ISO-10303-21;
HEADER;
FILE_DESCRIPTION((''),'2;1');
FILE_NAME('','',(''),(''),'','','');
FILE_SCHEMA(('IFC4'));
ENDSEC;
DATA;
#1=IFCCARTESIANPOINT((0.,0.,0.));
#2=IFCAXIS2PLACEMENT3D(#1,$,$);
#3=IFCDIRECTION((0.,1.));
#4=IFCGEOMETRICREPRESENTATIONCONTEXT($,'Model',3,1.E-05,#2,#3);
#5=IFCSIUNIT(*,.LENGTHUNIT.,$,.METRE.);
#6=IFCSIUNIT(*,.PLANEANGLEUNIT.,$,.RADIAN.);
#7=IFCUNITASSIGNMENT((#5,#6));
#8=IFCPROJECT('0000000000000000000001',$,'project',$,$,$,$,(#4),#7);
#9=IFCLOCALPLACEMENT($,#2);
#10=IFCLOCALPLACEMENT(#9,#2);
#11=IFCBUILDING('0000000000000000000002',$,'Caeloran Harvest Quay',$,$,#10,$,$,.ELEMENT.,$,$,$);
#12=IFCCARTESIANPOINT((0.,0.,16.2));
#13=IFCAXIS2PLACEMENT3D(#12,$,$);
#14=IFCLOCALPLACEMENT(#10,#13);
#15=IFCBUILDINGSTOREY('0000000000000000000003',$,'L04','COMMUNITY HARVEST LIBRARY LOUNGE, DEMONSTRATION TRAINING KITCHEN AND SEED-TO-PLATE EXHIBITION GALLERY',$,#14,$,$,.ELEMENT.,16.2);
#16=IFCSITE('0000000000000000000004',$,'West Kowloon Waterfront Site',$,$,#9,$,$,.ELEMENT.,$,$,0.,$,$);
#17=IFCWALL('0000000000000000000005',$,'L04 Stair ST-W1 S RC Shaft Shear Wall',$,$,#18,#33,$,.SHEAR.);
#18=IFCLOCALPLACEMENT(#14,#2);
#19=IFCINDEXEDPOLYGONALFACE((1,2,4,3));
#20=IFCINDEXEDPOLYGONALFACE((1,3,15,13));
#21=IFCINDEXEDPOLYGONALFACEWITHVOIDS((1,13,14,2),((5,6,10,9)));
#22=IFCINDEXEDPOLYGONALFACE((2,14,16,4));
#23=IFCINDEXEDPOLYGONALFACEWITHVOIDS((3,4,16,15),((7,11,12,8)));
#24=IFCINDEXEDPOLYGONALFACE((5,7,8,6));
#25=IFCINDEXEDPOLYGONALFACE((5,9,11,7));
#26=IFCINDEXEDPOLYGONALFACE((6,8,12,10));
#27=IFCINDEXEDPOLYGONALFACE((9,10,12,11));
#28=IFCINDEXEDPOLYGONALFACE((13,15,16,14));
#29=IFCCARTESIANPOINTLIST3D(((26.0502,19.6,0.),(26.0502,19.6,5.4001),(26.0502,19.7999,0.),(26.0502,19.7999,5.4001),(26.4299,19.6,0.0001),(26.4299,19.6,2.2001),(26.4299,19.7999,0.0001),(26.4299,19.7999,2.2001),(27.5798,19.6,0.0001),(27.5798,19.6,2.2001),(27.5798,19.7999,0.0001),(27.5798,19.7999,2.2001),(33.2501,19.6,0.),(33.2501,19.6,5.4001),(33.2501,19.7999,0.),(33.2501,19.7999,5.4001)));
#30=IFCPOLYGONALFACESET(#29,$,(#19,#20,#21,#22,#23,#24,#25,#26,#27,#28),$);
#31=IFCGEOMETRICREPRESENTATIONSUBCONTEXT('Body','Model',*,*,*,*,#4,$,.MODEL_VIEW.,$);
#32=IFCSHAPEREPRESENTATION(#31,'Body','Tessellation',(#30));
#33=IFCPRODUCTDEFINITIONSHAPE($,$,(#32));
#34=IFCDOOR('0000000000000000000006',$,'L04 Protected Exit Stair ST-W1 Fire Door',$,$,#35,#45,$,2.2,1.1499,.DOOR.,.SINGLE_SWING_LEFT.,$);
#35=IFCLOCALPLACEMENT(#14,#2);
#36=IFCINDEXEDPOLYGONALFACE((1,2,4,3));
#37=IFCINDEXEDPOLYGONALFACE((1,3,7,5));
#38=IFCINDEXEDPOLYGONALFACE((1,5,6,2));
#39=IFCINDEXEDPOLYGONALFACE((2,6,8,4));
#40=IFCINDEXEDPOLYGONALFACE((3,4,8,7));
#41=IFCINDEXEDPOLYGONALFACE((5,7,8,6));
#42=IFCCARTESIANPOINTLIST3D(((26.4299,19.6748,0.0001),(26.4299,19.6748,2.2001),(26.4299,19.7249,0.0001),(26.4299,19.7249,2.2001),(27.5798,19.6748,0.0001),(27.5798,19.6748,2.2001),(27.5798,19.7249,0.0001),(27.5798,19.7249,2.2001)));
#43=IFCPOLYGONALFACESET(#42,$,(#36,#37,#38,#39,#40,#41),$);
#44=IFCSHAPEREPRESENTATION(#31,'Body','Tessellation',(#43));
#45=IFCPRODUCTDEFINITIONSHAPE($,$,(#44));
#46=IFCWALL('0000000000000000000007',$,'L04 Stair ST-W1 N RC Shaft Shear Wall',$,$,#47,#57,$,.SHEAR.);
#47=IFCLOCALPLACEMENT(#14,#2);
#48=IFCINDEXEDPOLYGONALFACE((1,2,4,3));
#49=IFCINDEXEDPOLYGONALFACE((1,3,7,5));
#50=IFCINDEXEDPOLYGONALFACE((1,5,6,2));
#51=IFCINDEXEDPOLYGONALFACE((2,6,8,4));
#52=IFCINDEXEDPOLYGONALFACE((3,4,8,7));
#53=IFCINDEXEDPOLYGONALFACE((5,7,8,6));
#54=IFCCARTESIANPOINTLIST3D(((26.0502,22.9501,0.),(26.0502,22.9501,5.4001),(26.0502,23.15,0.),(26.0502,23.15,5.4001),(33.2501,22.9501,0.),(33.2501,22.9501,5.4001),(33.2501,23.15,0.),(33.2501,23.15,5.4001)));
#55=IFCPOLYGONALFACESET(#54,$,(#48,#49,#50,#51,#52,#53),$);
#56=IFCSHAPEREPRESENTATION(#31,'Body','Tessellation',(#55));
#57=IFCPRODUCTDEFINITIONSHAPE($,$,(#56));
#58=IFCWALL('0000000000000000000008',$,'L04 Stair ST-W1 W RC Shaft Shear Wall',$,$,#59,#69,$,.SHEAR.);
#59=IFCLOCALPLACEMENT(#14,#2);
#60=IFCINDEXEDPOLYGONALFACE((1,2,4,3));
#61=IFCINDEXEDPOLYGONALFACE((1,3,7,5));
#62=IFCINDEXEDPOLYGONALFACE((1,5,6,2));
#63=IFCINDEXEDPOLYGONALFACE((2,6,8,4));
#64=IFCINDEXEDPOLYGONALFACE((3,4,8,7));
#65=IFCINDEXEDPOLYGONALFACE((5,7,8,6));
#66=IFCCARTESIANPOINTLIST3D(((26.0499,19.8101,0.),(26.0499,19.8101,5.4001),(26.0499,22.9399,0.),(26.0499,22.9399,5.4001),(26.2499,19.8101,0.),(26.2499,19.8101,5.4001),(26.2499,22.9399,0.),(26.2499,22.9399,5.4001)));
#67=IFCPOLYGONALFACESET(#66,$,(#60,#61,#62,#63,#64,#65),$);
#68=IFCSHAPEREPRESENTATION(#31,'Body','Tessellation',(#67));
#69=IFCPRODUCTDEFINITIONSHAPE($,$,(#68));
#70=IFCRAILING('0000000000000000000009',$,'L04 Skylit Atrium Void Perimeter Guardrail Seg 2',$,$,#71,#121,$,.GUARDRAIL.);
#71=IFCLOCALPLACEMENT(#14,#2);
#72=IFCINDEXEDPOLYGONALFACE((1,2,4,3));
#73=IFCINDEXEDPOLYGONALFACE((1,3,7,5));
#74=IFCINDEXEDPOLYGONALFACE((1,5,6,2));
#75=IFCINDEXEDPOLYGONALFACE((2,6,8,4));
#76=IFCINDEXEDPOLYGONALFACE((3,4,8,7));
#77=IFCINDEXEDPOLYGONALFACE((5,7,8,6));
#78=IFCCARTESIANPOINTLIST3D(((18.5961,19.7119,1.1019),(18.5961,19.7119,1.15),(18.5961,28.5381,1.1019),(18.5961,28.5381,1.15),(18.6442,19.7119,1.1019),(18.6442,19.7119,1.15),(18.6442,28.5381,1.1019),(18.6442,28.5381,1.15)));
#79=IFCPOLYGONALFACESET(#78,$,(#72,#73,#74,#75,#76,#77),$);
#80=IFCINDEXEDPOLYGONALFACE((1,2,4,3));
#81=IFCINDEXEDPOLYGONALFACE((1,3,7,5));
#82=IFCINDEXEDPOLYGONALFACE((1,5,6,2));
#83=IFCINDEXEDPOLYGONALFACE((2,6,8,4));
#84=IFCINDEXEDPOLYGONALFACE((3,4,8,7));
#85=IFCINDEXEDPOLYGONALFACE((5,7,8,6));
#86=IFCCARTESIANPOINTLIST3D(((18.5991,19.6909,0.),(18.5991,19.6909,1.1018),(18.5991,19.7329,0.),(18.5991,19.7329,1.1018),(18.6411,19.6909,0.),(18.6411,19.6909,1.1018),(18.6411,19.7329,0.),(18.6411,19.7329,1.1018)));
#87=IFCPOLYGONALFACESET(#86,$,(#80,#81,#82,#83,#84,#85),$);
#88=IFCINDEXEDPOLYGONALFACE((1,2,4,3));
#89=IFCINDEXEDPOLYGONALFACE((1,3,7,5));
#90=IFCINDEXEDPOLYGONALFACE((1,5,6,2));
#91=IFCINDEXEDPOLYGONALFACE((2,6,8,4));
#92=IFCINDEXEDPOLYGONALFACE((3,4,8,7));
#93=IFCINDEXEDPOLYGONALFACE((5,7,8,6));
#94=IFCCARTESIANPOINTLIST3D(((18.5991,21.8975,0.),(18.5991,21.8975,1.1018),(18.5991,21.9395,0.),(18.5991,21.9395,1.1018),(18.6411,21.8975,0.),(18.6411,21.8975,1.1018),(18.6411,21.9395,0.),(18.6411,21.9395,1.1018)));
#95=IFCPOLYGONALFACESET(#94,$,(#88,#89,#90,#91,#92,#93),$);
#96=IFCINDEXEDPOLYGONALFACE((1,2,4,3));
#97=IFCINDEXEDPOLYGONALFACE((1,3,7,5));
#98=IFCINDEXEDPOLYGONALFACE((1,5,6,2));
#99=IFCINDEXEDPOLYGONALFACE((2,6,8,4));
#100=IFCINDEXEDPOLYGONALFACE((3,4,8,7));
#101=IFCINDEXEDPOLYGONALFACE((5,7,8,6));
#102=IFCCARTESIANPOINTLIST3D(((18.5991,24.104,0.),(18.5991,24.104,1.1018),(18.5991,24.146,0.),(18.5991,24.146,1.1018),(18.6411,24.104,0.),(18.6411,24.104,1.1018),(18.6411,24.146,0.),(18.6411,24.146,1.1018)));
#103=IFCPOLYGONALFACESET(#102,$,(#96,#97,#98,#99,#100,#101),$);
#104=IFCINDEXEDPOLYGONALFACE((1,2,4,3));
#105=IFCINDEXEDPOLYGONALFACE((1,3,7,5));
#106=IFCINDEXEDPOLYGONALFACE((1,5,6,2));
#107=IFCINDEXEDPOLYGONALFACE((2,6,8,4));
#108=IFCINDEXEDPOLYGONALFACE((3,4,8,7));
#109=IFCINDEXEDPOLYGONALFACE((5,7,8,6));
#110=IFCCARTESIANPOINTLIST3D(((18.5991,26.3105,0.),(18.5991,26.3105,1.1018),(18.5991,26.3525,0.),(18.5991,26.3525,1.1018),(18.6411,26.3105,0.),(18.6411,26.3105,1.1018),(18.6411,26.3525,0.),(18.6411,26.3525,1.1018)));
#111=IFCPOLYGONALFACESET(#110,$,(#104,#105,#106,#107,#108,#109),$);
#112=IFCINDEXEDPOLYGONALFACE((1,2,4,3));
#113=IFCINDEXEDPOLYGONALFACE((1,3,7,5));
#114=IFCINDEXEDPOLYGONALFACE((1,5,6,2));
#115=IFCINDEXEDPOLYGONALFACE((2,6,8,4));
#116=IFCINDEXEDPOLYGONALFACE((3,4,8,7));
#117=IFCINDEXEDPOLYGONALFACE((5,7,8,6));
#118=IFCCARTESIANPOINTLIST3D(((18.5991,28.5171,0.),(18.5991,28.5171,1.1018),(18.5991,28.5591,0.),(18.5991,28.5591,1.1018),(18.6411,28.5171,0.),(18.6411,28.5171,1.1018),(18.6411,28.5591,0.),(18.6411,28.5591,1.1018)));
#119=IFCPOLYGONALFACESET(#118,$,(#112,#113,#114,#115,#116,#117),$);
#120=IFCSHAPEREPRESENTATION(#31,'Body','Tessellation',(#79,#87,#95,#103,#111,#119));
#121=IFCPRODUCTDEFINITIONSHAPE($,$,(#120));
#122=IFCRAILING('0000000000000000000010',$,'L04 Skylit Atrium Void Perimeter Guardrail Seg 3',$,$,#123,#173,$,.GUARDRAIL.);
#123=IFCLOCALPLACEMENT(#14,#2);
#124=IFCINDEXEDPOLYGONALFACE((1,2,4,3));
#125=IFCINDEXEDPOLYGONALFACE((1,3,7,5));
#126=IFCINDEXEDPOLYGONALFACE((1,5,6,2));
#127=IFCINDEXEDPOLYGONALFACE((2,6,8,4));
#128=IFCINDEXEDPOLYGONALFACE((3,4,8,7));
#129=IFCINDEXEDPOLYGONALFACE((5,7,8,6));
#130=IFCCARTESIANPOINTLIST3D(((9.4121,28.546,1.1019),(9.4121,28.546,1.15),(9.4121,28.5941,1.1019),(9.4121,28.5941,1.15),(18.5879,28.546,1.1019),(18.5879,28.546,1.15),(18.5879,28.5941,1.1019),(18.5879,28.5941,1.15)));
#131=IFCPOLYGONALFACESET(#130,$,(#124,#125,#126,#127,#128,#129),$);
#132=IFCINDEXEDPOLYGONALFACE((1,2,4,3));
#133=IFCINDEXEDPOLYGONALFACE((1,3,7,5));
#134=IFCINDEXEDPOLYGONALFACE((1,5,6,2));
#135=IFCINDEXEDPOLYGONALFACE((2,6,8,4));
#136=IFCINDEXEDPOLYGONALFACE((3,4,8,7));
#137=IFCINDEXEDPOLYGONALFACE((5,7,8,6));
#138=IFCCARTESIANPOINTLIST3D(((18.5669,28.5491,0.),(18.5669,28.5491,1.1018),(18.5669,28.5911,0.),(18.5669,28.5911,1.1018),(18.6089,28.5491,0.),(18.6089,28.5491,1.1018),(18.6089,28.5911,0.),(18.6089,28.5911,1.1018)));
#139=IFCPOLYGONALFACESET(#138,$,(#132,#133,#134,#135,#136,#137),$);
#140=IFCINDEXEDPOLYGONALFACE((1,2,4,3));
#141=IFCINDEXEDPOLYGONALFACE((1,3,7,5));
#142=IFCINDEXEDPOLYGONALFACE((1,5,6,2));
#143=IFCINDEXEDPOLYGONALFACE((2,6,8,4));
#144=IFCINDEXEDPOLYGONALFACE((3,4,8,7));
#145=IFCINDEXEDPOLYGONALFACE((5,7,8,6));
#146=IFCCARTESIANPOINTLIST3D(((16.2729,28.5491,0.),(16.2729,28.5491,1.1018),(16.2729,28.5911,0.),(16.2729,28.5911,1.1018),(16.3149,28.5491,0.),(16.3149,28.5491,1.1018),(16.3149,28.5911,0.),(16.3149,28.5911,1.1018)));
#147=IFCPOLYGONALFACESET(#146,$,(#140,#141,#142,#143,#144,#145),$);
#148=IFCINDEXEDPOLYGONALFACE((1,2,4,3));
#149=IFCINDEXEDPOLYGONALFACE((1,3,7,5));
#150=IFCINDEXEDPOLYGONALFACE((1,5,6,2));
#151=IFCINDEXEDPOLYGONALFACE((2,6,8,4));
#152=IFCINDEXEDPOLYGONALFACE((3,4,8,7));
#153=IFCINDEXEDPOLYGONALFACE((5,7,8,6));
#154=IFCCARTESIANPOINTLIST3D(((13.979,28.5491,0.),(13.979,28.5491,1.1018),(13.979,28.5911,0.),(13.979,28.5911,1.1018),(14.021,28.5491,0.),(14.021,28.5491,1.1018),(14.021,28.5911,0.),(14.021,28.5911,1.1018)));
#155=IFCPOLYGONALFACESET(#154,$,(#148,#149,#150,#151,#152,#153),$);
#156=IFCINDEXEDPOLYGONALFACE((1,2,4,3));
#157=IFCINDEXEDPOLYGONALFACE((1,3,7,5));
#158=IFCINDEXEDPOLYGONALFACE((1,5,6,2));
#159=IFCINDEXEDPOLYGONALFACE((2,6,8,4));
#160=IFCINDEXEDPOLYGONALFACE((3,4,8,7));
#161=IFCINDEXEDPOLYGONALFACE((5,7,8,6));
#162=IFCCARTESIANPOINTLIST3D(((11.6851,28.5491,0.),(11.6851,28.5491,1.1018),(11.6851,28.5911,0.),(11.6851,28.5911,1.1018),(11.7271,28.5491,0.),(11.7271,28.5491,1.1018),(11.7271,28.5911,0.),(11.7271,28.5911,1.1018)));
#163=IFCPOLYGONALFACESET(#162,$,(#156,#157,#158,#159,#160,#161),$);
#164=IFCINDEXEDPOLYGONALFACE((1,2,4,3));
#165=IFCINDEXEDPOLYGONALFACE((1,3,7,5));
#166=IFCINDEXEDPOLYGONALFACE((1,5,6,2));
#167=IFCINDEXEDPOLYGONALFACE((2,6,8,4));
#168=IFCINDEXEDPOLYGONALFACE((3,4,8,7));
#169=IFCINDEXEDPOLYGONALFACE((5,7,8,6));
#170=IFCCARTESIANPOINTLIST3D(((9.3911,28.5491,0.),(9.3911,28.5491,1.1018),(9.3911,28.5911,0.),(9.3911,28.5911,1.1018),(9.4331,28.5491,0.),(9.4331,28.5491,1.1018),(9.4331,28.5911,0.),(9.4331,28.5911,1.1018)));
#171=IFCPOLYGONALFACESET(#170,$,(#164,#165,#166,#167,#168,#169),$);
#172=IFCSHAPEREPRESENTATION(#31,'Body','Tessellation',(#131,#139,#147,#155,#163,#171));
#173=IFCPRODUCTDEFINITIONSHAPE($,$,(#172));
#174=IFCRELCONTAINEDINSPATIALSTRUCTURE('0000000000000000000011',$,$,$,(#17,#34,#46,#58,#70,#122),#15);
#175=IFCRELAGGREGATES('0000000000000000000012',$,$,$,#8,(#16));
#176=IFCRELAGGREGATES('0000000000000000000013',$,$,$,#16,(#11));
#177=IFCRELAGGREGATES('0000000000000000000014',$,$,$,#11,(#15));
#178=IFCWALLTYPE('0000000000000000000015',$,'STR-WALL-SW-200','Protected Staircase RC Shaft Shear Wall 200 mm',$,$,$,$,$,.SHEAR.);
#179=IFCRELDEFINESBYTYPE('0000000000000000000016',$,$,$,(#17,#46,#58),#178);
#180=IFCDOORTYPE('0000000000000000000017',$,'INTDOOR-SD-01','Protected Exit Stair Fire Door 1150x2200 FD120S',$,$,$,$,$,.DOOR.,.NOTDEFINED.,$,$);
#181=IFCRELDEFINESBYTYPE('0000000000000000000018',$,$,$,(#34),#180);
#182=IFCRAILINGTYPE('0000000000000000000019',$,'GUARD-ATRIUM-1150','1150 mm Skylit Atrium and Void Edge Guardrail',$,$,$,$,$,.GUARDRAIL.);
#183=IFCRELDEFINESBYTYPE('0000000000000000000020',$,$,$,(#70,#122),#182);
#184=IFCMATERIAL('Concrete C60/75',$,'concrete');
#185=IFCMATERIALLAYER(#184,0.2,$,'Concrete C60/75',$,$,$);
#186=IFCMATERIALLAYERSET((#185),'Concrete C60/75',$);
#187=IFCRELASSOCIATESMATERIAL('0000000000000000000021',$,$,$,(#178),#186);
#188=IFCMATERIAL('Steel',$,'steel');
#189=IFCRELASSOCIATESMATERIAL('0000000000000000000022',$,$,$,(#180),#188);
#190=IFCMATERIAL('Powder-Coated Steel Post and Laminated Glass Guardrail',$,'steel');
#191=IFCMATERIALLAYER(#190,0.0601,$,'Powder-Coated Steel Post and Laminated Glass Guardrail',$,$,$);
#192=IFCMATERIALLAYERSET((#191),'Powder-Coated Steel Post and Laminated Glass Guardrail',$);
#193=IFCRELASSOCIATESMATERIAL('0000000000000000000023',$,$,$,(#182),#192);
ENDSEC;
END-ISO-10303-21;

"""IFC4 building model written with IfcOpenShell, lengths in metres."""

from ifc_helpers import new_model, si_unit, direction, frame, frame_2d, origin, origin_2d, place, context, subcontext, project, spatial, rectangle, extrude, material, layer, layer_set, type_object, element, fill, save


model = new_model("IFC4")

# Units and contexts
model_context = context("Model", 3, precision=1e-05, world=origin(), true_north=direction((0.0, 1.0)))
body_context = subcontext(model_context, "Body", "Model", "MODEL_VIEW")
ifc_project = project(units=[si_unit("LENGTHUNIT", "METRE"), si_unit("PLANEANGLEUNIT", "RADIAN")], contexts=[model_context])

# Site, building, storey
site_placement = place(None, origin())
site = spatial("IfcSite", under=ifc_project, at=site_placement, Name="West Kowloon Waterfront Site", CompositionType="ELEMENT", RefElevation=0.0)
building_placement = place(site_placement, origin())
building = spatial("IfcBuilding", under=site, at=building_placement, Name="Caeloran Harvest Quay", CompositionType="ELEMENT")
storey_placement = place(building_placement, frame((0.0, 0.0, 16.2)))
storey = spatial("IfcBuildingStorey", under=building, at=storey_placement, Name="L04", Description="COMMUNITY HARVEST LIBRARY LOUNGE, DEMONSTRATION TRAINING KITCHEN AND SEED-TO-PLATE EXHIBITION GALLERY", CompositionType="ELEMENT", Elevation=16.2)

# Wall, opening, door
ifc_material_1 = material(Name="Concrete C60/75", Category="concrete")
ifc_layer_1 = layer(ifc_material_1, 0.2, Name="Concrete C60/75")
ifc_layer_set_1 = layer_set([ifc_layer_1], Name="Concrete C60/75")
wall_type_1 = type_object("IfcWallType", Name="STR-WALL-SW-200", Description="Protected Staircase RC Shaft Shear Wall 200 mm", PredefinedType="SHEAR", material=ifc_layer_set_1)
wall_1_placement = place(storey_placement, frame((26.05, 19.7, 0.0), z_axis=(0.0, 0.0, 1.0), x_axis=(1.0, 0.0, 0.0)))
wall_1 = element("IfcWall", 1, at=wall_1_placement, inside=storey, type_object=wall_type_1, Name="L04 Stair ST-W1 S RC Shaft Shear Wall", PredefinedType="SHEAR", context=body_context, shape_type="SweptSolid", body=[
    extrude(rectangle(XDim=7.2, YDim=0.2, at=frame_2d((3.6001, 0.0))), origin(), (0.0, 0.0, 1.0), 5.4001),
])
opening_1_placement = place(wall_1_placement, frame((0.3799, 0.0, 0.0)))
opening_1 = element("IfcOpeningElement", 2, at=opening_1_placement, cuts=wall_1, PredefinedType="OPENING", context=body_context, shape_type="SweptSolid", body=[
    extrude(rectangle(XDim=1.1499, YDim=2.2, at=frame_2d((0.575, 1.1001))), frame((0.0, 0.1099, 0.0), z_axis=(0.0, -1.0, 0.0), x_axis=(1.0, 0.0, 0.0)), (0.0, 0.0, 1.0), 0.22),
])
ifc_material_2 = material(Name="Steel", Category="steel")
door_type_1 = type_object("IfcDoorType", Name="INTDOOR-SD-01", Description="Protected Exit Stair Fire Door 1150x2200 FD120S", OperationType="NOTDEFINED", PredefinedType="DOOR", material=ifc_material_2)
door_1_placement = place(opening_1_placement, origin())
door_1 = element("IfcDoor", 3, at=door_1_placement, inside=storey, type_object=door_type_1, Name="L04 Protected Exit Stair ST-W1 Fire Door", OperationType="SINGLE_SWING_LEFT", OverallHeight=2.2, OverallWidth=1.1499, PredefinedType="DOOR", context=body_context, shape_type="SweptSolid", body=[
    extrude(rectangle(XDim=1.1499, YDim=2.2, at=frame_2d((0.575, 1.1001))), frame((0.0, 0.0249, 0.0), z_axis=(0.0, -1.0, 0.0), x_axis=(1.0, 0.0, 0.0)), (0.0, 0.0, 1.0), 0.05),
])
fill(opening_1, door_1)

# Walls
wall_2_placement = place(storey_placement, frame((26.05, 23.05, 0.0), z_axis=(0.0, 0.0, 1.0), x_axis=(1.0, 0.0, 0.0)))
element("IfcWall", 4, at=wall_2_placement, inside=storey, type_object=wall_type_1, Name="L04 Stair ST-W1 N RC Shaft Shear Wall", PredefinedType="SHEAR", context=body_context, shape_type="SweptSolid", body=[
    extrude(rectangle(XDim=7.2, YDim=0.2, at=frame_2d((3.6001, 0.0))), origin(), (0.0, 0.0, 1.0), 5.4001),
])
wall_3_placement = place(storey_placement, frame((26.1499, 19.8101, 0.0), z_axis=(0.0, 0.0, 1.0), x_axis=(0.0, 1.0, 0.0)))
element("IfcWall", 5, at=wall_3_placement, inside=storey, type_object=wall_type_1, Name="L04 Stair ST-W1 W RC Shaft Shear Wall", PredefinedType="SHEAR", context=body_context, shape_type="SweptSolid", body=[
    extrude(rectangle(XDim=3.1299, YDim=0.2, at=frame_2d((1.5649, 0.0))), origin(), (0.0, 0.0, 1.0), 5.4001),
])

# Railings
ifc_material_3 = material(Name="Powder-Coated Steel Post and Laminated Glass Guardrail", Category="steel")
ifc_layer_2 = layer(ifc_material_3, 0.0601, Name="Powder-Coated Steel Post and Laminated Glass Guardrail")
ifc_layer_set_2 = layer_set([ifc_layer_2], Name="Powder-Coated Steel Post and Laminated Glass Guardrail")
railing_type = type_object("IfcRailingType", Name="GUARD-ATRIUM-1150", Description="1150 mm Skylit Atrium and Void Edge Guardrail", PredefinedType="GUARDRAIL", material=ifc_layer_set_2)
railing_1_placement = place(storey_placement, frame((18.6201, 19.7119, 0.0)))
element("IfcRailing", 6, at=railing_1_placement, inside=storey, type_object=railing_type, Name="L04 Skylit Atrium Void Perimeter Guardrail Seg 2", PredefinedType="GUARDRAIL", context=body_context, shape_type="SweptSolid", body=[
    extrude(rectangle(XDim=0.0481, YDim=0.0481, at=origin_2d()), frame((0.0, 0.0, 1.126), z_axis=(0.0, 1.0, 0.0), x_axis=(-1.0, 0.0, 0.0)), (0.0, 0.0, 1.0), 8.8262),
    extrude(rectangle(XDim=0.042, YDim=0.042, at=origin_2d()), origin(), (0.0, 0.0, 1.0), 1.1018),
    extrude(rectangle(XDim=0.042, YDim=0.042, at=origin_2d()), frame((0.0, 2.2065, 0.0)), (0.0, 0.0, 1.0), 1.1018),
    extrude(rectangle(XDim=0.042, YDim=0.042, at=origin_2d()), frame((0.0, 4.4131, 0.0)), (0.0, 0.0, 1.0), 1.1018),
    extrude(rectangle(XDim=0.042, YDim=0.042, at=origin_2d()), frame((0.0, 6.6196, 0.0)), (0.0, 0.0, 1.0), 1.1018),
    extrude(rectangle(XDim=0.042, YDim=0.042, at=origin_2d()), frame((0.0, 8.8262, 0.0)), (0.0, 0.0, 1.0), 1.1018),
])
railing_2_placement = place(storey_placement, frame((18.5879, 28.5701, 0.0)))
element("IfcRailing", 7, at=railing_2_placement, inside=storey, type_object=railing_type, Name="L04 Skylit Atrium Void Perimeter Guardrail Seg 3", PredefinedType="GUARDRAIL", context=body_context, shape_type="SweptSolid", body=[
    extrude(rectangle(XDim=0.0481, YDim=0.0481, at=origin_2d()), frame((0.0, 0.0, 1.126), z_axis=(-1.0, 0.0, 0.0), x_axis=(0.0, -1.0, 0.0)), (0.0, 0.0, 1.0), 9.1758),
    extrude(rectangle(XDim=0.042, YDim=0.042, at=origin_2d()), origin(), (0.0, 0.0, 1.0), 1.1018),
    extrude(rectangle(XDim=0.042, YDim=0.042, at=origin_2d()), frame((-2.2939, 0.0, 0.0)), (0.0, 0.0, 1.0), 1.1018),
    extrude(rectangle(XDim=0.042, YDim=0.042, at=origin_2d()), frame((-4.5879, 0.0, 0.0)), (0.0, 0.0, 1.0), 1.1018),
    extrude(rectangle(XDim=0.042, YDim=0.042, at=origin_2d()), frame((-6.8818, 0.0, 0.0)), (0.0, 0.0, 1.0), 1.1018),
    extrude(rectangle(XDim=0.042, YDim=0.042, at=origin_2d()), frame((-9.1758, 0.0, 0.0)), (0.0, 0.0, 1.0), 1.1018),
])

save(model, "model.ifc")
